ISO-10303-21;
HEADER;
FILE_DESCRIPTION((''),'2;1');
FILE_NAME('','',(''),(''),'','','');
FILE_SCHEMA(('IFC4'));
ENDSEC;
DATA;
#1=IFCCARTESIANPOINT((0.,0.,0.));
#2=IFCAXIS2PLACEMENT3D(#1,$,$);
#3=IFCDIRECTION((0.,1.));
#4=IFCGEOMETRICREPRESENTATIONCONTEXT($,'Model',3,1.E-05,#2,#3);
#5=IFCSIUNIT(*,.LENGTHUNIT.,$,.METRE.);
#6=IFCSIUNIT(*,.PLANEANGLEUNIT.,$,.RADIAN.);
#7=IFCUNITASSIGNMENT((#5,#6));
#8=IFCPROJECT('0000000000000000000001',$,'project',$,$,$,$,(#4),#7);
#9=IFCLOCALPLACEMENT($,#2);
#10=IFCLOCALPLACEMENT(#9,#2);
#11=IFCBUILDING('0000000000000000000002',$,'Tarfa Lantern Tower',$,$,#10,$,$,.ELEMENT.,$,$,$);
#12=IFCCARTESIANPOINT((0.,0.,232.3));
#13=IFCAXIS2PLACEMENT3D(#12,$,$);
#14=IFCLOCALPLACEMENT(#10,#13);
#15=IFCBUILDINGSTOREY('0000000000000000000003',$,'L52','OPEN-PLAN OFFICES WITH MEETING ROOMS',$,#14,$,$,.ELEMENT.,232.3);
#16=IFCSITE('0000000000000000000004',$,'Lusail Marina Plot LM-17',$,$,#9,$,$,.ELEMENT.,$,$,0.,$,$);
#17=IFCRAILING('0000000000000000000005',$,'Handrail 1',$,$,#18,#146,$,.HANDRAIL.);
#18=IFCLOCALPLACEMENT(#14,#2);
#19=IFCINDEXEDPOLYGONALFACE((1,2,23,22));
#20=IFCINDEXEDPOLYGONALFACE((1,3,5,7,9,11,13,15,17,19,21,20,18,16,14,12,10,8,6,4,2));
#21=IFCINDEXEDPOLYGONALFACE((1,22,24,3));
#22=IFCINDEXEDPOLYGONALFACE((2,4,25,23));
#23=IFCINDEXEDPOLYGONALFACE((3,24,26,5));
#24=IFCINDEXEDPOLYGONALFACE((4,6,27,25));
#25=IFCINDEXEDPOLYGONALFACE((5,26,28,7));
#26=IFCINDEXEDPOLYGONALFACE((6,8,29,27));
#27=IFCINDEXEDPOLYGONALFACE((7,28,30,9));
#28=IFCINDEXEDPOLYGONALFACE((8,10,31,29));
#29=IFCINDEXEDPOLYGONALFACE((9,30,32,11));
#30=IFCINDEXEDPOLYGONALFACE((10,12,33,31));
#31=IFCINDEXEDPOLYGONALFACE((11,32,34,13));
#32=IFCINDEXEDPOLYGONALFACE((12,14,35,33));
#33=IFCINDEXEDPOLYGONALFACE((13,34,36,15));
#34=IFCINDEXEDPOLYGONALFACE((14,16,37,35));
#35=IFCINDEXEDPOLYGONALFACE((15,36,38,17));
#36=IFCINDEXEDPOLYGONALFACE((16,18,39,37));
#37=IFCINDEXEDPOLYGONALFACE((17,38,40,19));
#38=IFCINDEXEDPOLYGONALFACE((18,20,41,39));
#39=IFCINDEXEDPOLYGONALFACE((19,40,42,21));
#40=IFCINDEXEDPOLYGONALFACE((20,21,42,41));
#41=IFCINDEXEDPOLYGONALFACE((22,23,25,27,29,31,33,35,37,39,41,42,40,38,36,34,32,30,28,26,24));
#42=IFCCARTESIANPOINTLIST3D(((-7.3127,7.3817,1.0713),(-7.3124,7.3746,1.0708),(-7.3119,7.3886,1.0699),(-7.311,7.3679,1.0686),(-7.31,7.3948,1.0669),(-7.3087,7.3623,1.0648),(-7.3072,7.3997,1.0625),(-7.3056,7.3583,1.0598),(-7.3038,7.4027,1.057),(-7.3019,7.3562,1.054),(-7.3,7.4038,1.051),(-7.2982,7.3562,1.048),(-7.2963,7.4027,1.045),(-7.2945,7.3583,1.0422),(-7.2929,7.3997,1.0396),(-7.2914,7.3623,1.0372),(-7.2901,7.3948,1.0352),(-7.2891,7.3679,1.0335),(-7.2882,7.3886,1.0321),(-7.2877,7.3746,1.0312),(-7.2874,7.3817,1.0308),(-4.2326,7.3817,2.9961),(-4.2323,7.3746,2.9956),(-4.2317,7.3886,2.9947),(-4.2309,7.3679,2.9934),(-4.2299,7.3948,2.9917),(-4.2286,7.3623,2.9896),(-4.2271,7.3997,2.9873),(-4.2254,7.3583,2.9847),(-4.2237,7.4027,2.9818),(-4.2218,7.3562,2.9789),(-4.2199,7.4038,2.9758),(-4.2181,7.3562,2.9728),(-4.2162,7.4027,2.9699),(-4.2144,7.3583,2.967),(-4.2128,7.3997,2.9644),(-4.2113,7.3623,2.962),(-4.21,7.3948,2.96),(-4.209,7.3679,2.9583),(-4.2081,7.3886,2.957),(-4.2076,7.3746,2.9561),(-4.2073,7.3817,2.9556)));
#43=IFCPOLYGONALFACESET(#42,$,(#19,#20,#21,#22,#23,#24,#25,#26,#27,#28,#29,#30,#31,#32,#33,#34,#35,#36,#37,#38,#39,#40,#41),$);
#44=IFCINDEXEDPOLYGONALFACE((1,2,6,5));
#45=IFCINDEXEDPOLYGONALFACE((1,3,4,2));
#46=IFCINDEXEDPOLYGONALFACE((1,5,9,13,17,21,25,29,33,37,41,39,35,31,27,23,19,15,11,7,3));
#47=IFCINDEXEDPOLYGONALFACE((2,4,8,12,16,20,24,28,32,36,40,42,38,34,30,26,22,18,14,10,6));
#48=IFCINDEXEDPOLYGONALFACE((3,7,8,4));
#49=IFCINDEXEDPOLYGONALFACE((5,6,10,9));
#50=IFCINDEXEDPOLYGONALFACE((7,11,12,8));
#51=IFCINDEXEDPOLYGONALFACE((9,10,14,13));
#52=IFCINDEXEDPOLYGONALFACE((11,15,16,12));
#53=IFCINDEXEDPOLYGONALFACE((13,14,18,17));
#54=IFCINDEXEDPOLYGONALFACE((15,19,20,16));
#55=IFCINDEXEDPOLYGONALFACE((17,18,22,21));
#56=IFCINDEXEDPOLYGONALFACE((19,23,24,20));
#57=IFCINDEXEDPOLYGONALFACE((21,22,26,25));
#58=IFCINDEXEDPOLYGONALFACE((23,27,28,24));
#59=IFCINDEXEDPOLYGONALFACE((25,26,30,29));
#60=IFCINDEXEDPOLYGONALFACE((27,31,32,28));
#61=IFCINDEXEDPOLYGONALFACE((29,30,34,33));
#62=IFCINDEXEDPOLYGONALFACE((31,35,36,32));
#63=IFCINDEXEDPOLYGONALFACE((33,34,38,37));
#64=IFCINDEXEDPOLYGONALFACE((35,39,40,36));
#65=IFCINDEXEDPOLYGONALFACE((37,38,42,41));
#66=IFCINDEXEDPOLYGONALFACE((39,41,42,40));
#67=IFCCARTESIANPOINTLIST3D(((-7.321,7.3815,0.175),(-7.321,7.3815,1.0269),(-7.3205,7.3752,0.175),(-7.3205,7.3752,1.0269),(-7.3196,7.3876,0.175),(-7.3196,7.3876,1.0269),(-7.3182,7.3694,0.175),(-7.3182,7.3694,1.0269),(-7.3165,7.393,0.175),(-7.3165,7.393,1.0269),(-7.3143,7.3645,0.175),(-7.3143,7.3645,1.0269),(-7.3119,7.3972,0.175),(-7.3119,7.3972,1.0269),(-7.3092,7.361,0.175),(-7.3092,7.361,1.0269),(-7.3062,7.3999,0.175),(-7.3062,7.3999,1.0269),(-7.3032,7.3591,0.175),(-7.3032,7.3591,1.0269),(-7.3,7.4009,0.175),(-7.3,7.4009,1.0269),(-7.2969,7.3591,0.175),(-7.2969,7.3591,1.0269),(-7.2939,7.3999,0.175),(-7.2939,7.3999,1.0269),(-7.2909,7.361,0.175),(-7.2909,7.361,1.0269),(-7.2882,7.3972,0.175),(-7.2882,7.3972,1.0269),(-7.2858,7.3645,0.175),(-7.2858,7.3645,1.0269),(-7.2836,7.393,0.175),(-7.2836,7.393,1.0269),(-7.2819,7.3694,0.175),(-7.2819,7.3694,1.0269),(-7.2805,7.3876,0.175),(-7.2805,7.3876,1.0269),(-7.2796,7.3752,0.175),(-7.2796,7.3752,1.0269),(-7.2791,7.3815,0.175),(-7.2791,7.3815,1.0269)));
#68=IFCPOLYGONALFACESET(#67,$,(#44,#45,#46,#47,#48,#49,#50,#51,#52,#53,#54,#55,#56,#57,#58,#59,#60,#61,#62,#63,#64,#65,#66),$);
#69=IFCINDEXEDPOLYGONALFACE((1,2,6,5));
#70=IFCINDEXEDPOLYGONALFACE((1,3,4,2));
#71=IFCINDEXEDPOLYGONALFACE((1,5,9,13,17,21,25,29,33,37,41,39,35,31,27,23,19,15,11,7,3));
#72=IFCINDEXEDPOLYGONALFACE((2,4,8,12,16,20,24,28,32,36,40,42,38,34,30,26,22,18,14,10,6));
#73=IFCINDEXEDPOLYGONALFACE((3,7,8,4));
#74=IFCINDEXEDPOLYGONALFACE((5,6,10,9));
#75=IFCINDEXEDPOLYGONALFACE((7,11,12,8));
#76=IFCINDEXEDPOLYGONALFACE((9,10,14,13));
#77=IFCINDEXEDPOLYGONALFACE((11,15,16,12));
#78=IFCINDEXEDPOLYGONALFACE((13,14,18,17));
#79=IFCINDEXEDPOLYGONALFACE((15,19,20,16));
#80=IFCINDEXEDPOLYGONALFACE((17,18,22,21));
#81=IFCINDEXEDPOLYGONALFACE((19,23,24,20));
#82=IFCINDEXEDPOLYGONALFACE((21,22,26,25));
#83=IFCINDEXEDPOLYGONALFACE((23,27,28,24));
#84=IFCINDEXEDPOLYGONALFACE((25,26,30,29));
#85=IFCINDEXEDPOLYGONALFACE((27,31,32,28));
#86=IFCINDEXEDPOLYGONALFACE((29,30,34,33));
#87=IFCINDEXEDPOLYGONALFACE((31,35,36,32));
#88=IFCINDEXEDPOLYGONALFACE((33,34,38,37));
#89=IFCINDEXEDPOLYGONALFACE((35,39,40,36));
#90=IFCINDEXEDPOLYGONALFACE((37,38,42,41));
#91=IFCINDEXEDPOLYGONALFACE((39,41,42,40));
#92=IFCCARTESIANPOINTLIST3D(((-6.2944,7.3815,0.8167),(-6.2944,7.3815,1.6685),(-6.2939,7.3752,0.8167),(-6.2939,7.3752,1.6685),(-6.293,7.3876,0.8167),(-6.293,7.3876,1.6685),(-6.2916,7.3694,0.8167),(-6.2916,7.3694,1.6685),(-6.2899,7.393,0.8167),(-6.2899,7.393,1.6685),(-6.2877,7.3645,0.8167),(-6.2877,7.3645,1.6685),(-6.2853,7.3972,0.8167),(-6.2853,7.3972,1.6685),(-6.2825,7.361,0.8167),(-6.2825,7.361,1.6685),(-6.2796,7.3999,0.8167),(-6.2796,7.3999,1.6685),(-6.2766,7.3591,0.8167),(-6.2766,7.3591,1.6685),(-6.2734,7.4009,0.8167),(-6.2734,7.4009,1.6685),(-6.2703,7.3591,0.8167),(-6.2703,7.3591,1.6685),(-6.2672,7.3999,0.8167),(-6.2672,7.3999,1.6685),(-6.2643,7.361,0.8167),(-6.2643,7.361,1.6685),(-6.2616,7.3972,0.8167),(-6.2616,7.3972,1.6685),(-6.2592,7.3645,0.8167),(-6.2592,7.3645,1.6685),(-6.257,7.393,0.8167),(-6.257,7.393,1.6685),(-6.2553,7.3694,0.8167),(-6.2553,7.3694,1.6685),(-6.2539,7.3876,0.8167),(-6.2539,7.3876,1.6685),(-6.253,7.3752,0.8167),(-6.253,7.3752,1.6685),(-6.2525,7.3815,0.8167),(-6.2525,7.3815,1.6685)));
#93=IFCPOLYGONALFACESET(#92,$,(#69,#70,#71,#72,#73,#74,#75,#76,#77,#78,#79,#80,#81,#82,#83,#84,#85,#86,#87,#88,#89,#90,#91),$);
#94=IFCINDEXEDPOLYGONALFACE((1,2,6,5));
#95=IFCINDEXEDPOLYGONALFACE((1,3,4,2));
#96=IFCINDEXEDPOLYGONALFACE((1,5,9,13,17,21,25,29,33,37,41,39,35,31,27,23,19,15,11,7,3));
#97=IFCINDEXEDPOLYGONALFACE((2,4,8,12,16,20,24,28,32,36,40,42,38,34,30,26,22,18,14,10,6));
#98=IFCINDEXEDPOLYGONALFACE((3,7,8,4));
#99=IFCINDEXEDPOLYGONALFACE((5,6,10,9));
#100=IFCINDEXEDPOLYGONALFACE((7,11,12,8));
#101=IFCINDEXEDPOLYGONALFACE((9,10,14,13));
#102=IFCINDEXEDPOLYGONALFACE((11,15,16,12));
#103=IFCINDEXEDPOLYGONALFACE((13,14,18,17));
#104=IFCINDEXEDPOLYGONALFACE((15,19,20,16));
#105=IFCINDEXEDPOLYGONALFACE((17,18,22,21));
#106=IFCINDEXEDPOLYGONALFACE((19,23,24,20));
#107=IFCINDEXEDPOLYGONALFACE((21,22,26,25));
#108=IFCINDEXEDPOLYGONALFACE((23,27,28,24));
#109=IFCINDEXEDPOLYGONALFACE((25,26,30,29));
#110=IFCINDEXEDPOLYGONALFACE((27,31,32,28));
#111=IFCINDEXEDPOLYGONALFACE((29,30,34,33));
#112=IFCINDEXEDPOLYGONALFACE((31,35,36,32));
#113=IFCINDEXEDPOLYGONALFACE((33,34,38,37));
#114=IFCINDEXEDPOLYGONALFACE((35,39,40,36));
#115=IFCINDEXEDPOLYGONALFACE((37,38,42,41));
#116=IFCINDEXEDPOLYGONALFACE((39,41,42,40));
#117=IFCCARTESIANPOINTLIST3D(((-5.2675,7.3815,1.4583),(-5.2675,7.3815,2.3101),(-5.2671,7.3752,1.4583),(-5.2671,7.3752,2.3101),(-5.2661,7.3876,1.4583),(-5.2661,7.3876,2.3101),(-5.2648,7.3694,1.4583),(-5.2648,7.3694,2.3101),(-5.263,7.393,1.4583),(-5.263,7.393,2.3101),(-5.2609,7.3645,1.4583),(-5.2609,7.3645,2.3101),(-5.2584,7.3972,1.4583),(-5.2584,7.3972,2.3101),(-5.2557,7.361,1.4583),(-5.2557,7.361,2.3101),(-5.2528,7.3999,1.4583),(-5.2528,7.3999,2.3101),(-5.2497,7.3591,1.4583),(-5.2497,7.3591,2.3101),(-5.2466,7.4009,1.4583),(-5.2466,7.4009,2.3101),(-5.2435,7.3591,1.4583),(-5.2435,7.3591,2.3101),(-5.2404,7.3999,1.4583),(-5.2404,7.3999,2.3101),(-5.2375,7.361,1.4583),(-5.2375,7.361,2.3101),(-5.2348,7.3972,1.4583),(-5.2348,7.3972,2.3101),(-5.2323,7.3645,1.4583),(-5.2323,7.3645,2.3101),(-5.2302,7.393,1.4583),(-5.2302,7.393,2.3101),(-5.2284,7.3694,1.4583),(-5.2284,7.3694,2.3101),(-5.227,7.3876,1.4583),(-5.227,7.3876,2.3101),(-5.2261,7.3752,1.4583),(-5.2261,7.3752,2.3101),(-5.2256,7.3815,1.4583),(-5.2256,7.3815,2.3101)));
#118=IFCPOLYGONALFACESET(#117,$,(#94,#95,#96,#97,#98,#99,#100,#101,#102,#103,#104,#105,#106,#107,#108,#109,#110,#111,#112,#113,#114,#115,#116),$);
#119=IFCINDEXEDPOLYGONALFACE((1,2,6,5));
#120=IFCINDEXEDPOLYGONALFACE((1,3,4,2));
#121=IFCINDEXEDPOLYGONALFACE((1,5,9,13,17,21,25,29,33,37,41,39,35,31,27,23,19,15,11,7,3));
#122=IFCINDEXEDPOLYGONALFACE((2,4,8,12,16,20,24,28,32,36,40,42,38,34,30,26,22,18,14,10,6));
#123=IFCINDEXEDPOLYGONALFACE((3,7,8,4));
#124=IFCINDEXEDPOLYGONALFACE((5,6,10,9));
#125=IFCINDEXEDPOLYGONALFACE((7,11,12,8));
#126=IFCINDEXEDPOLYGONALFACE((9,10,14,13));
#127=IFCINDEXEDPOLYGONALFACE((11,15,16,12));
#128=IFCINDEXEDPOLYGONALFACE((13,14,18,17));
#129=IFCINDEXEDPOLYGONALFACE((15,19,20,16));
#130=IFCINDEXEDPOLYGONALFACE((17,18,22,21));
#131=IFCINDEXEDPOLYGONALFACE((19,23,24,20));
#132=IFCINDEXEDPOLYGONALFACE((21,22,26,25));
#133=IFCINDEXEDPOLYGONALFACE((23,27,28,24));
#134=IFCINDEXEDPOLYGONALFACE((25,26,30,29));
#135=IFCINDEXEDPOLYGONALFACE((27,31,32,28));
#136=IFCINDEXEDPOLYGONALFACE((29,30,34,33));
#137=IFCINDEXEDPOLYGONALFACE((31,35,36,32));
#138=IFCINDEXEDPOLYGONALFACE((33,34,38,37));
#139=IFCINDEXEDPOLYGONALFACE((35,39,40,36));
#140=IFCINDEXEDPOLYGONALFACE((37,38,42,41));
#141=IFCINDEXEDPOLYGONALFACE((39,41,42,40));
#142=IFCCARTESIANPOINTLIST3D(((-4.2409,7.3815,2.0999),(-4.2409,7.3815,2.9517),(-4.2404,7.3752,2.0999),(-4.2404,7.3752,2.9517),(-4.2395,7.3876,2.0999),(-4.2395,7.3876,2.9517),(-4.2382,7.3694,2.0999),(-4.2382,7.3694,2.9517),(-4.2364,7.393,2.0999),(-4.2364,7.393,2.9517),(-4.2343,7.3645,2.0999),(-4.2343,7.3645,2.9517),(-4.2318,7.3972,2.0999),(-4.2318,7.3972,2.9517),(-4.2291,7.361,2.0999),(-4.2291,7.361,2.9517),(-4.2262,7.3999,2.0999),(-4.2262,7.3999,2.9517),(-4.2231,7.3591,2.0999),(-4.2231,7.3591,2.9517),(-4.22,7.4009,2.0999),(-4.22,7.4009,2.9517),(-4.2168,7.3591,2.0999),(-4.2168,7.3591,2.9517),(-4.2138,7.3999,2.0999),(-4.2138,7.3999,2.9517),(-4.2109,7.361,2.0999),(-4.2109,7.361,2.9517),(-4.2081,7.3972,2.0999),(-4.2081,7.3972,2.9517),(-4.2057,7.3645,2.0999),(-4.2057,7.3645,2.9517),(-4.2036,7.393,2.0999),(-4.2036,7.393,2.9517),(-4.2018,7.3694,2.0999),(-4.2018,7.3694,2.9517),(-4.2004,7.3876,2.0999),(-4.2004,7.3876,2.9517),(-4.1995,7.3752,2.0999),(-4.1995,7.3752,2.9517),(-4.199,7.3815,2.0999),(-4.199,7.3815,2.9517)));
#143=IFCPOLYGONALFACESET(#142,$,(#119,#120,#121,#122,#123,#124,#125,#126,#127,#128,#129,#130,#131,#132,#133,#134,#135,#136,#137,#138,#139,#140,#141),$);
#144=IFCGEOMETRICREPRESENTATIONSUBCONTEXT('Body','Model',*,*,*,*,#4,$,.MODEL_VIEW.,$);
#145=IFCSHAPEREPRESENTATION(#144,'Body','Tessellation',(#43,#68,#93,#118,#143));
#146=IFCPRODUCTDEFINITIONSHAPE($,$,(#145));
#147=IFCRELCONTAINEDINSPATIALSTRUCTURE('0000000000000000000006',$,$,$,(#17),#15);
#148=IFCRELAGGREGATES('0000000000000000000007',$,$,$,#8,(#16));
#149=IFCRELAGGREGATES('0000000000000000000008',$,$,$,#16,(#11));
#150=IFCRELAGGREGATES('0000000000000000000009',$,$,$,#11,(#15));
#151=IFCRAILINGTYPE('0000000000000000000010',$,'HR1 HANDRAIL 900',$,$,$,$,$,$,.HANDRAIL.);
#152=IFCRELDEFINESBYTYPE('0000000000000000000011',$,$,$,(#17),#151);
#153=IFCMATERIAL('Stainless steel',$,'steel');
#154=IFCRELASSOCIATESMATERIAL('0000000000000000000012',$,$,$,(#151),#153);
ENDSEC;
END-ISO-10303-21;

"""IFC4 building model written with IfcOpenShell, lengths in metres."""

from ifc_helpers import new_model, si_unit, direction, frame, origin, origin_2d, place, context, subcontext, project, spatial, circle, extrude, material, type_object, element, save


model = new_model("IFC4")

# Units and contexts
model_context = context("Model", 3, precision=1e-05, world=origin(), true_north=direction((0.0, 1.0)))
body_context = subcontext(model_context, "Body", "Model", "MODEL_VIEW")
ifc_project = project(units=[si_unit("LENGTHUNIT", "METRE"), si_unit("PLANEANGLEUNIT", "RADIAN")], contexts=[model_context])

# Site, building, storey
site_placement = place(None, origin())
site = spatial("IfcSite", under=ifc_project, at=site_placement, Name="Lusail Marina Plot LM-17", CompositionType="ELEMENT", RefElevation=0.0)
building_placement = place(site_placement, origin())
building = spatial("IfcBuilding", under=site, at=building_placement, Name="Tarfa Lantern Tower", CompositionType="ELEMENT")
storey_placement = place(building_placement, frame((0.0, 0.0, 232.3)))
storey = spatial("IfcBuildingStorey", under=building, at=storey_placement, Name="L52", Description="OPEN-PLAN OFFICES WITH MEETING ROOMS", CompositionType="ELEMENT", Elevation=232.3)

# Railing
ifc_material_1 = material(Name="Stainless steel", Category="steel")
railing_type = type_object("IfcRailingType", Name="HR1 HANDRAIL 900", PredefinedType="HANDRAIL", material=ifc_material_1)
railing_1_placement = place(storey_placement, frame((-7.3, 7.3799, 0.175)))
element("IfcRailing", 1, at=railing_1_placement, inside=storey, type_object=railing_type, Name="Handrail 1", PredefinedType="HANDRAIL", context=body_context, shape_type="SweptSolid", body=[
    extrude(circle(Radius=0.0239, at=origin_2d()), frame((0.0, 0.0, 0.876), z_axis=(0.848029, 0.0, 0.529951), x_axis=(0.0, 1.0, 0.0)), (0.0, 0.0, 1.0), 3.6321),
    extrude(circle(Radius=0.021, at=origin_2d()), frame((0.0, 0.0, 0.0), z_axis=(0.0, 0.0, 1.0), x_axis=(0.0, 1.0, 0.0)), (0.0, 0.0, 1.0), 0.8518),
    extrude(circle(Radius=0.021, at=origin_2d()), frame((1.0266, 0.0, 0.6416), z_axis=(0.0, 0.0, 1.0), x_axis=(0.0, 1.0, 0.0)), (0.0, 0.0, 1.0), 0.8518),
    extrude(circle(Radius=0.021, at=origin_2d()), frame((2.0535, 0.0, 1.2832), z_axis=(0.0, 0.0, 1.0), x_axis=(0.0, 1.0, 0.0)), (0.0, 0.0, 1.0), 0.8518),
    extrude(circle(Radius=0.021, at=origin_2d()), frame((3.0801, 0.0, 1.9248), z_axis=(0.0, 0.0, 1.0), x_axis=(0.0, 1.0, 0.0)), (0.0, 0.0, 1.0), 0.8518),
])

save(model, "model.ifc")
